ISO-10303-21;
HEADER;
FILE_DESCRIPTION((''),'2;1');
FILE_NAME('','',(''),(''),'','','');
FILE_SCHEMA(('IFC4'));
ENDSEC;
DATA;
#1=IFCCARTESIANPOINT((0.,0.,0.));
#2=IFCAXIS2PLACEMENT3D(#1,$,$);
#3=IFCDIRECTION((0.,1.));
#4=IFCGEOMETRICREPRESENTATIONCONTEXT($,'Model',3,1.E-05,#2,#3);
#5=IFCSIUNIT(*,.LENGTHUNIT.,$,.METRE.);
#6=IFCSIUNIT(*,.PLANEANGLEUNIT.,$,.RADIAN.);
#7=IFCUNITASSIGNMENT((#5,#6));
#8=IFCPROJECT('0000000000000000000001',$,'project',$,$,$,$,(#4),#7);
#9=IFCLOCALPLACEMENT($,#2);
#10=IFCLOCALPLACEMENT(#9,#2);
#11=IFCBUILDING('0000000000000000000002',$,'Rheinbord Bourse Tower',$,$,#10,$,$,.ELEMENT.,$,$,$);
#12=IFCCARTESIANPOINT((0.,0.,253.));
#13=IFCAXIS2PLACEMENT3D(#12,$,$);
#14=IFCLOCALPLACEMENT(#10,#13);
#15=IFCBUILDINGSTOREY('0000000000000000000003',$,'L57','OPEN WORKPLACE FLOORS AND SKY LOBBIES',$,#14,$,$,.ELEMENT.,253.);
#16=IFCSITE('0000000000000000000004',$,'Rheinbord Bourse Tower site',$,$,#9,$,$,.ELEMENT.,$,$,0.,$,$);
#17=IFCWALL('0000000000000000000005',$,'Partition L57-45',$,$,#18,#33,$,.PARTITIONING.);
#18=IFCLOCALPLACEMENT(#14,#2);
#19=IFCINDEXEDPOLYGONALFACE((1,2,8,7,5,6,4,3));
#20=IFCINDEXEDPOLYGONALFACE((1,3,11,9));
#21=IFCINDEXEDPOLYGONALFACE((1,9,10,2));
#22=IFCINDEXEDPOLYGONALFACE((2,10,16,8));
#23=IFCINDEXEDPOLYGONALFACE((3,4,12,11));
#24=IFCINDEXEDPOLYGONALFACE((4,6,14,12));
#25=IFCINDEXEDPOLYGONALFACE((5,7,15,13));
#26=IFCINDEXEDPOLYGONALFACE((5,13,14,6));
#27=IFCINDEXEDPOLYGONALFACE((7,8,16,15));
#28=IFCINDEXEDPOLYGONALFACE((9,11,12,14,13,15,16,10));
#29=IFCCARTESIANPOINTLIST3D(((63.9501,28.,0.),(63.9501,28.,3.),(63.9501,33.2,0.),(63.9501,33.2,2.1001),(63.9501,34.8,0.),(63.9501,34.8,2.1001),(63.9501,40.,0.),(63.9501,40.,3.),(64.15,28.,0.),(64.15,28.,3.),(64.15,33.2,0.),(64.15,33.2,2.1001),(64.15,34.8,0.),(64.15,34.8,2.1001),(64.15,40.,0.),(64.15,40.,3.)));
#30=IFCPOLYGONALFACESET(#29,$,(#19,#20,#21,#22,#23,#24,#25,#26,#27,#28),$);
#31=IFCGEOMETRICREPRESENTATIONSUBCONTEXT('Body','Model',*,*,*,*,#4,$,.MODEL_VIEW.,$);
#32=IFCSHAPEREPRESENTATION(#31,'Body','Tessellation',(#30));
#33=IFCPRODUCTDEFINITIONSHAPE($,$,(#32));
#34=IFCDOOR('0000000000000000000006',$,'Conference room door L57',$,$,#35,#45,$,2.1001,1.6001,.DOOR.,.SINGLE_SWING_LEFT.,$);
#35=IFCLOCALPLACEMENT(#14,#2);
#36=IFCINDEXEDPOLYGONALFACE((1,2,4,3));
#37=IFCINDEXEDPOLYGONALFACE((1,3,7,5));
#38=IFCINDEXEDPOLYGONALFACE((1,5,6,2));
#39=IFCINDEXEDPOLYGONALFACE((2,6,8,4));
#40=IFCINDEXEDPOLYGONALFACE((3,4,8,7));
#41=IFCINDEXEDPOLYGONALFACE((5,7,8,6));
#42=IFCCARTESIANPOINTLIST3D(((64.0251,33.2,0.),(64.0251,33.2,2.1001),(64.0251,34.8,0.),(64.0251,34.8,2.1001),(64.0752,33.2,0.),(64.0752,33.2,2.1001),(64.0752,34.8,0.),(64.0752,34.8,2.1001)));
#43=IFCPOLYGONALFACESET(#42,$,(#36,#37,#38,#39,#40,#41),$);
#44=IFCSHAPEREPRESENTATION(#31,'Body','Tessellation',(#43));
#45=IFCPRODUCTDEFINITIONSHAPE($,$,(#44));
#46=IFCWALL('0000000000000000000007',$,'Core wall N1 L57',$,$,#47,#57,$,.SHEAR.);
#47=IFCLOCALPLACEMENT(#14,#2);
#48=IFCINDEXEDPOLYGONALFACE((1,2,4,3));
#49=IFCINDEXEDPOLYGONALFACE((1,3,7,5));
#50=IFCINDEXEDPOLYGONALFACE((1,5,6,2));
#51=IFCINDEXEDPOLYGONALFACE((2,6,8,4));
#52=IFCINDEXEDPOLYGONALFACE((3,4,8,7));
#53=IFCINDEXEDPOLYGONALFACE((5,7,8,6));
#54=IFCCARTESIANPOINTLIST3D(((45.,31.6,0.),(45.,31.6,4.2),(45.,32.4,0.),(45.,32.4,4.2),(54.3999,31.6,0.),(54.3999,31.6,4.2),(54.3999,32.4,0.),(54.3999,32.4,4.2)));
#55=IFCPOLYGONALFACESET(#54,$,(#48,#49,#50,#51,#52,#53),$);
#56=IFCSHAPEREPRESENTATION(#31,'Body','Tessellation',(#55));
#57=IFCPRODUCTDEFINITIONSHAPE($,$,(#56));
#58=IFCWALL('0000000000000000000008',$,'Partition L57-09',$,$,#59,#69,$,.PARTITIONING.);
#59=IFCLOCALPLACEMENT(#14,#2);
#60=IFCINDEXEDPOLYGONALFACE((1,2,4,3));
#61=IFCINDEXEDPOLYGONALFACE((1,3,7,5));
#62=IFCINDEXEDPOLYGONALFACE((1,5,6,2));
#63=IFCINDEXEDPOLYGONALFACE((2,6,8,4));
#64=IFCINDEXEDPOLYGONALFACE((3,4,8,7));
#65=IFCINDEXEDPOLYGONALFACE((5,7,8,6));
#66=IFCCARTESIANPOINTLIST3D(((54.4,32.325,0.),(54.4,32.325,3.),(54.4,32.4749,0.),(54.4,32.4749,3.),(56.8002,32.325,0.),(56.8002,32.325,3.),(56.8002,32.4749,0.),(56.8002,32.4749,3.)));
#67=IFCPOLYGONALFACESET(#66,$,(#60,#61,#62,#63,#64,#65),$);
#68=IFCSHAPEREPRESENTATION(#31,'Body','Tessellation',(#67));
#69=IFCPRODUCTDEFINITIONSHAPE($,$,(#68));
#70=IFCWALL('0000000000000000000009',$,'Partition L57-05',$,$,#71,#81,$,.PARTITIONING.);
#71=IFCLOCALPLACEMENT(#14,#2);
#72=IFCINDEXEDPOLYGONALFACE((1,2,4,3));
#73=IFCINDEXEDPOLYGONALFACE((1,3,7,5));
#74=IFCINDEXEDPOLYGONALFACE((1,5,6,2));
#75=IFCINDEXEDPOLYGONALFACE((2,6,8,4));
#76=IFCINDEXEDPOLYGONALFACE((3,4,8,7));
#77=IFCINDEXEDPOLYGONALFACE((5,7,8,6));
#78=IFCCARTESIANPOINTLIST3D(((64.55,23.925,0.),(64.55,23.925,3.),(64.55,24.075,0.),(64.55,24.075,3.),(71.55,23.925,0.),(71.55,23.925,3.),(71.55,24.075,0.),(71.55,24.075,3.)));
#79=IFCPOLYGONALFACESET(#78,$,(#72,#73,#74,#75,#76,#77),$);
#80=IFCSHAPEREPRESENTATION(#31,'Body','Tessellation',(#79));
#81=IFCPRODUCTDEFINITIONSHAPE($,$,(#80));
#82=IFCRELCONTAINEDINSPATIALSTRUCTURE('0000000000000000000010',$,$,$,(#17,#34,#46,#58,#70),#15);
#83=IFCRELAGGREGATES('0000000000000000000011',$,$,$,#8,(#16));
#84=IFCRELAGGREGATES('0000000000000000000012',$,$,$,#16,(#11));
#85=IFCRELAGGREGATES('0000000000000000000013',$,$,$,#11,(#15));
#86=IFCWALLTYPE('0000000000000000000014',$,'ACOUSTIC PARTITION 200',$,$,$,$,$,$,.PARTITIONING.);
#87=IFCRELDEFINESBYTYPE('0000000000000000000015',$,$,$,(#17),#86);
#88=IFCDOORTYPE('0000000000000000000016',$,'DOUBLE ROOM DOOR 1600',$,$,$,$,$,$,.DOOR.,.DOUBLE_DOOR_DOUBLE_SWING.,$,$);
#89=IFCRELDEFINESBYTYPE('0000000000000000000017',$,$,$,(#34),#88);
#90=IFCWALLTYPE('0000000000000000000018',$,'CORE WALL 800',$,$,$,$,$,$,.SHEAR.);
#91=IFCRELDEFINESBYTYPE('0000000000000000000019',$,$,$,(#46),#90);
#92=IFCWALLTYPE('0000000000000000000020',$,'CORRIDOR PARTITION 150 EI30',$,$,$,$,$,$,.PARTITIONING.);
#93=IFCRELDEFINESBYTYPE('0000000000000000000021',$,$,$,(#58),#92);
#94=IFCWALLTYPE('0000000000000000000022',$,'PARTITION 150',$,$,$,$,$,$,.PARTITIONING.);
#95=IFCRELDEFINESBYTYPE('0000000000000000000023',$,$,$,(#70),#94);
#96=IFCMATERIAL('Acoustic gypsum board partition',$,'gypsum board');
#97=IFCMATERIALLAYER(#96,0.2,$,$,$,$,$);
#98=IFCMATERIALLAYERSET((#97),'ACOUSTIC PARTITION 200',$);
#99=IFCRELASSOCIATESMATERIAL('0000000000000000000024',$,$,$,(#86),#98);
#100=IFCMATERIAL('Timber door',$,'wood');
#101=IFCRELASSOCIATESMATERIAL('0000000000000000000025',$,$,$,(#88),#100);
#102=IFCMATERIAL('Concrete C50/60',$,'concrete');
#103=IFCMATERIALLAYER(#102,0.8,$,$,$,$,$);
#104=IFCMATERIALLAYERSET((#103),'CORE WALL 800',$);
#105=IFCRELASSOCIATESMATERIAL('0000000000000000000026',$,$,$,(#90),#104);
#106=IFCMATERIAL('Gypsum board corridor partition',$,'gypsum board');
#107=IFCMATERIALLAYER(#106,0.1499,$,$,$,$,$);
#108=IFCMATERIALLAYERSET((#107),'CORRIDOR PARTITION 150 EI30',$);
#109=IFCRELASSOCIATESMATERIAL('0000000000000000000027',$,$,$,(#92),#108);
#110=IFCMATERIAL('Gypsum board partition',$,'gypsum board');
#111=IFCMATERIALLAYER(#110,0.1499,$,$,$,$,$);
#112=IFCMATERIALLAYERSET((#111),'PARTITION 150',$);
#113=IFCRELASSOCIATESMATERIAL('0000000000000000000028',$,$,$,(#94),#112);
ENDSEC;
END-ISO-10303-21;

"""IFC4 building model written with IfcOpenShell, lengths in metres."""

from ifc_helpers import new_model, si_unit, direction, frame, frame_2d, origin, place, context, subcontext, project, spatial, rectangle, extrude, material, layer, layer_set, type_object, element, fill, save


model = new_model("IFC4")

# Units and contexts
model_context = context("Model", 3, precision=1e-05, world=origin(), true_north=direction((0.0, 1.0)))
body_context = subcontext(model_context, "Body", "Model", "MODEL_VIEW")
ifc_project = project(units=[si_unit("LENGTHUNIT", "METRE"), si_unit("PLANEANGLEUNIT", "RADIAN")], contexts=[model_context])

# Site, building, storey
site_placement = place(None, origin())
site = spatial("IfcSite", under=ifc_project, at=site_placement, Name="Rheinbord Bourse Tower site", CompositionType="ELEMENT", RefElevation=0.0)
building_placement = place(site_placement, origin())
building = spatial("IfcBuilding", under=site, at=building_placement, Name="Rheinbord Bourse Tower", CompositionType="ELEMENT")
storey_placement = place(building_placement, frame((0.0, 0.0, 253.0)))
storey = spatial("IfcBuildingStorey", under=building, at=storey_placement, Name="L57", Description="OPEN WORKPLACE FLOORS AND SKY LOBBIES", CompositionType="ELEMENT", Elevation=253.0)

# Shared definitions
ifc_material_1 = material(Name="Acoustic gypsum board partition", Category="gypsum board")
ifc_layer_1 = layer(ifc_material_1, 0.2)
ifc_layer_set_1 = layer_set([ifc_layer_1], Name="ACOUSTIC PARTITION 200")
wall_type_1 = type_object("IfcWallType", Name="ACOUSTIC PARTITION 200", PredefinedType="PARTITIONING", material=ifc_layer_set_1)

# Wall, opening, door
wall_1_placement = place(storey_placement, frame((64.05, 28.0, 0.0), z_axis=(0.0, 0.0, 1.0), x_axis=(0.0, 1.0, 0.0)))
wall_1 = element("IfcWall", 1, at=wall_1_placement, inside=storey, type_object=wall_type_1, Name="Partition L57-45", PredefinedType="PARTITIONING", context=body_context, shape_type="SweptSolid", body=[
    extrude(rectangle(XDim=12.0, YDim=0.2, at=frame_2d((6.0, 0.0))), origin(), (0.0, 0.0, 1.0), 3.0),
])
opening_placement = place(wall_1_placement, frame((5.2, 0.0, 0.0)))
opening = element("IfcOpeningElement", 2, at=opening_placement, cuts=wall_1, PredefinedType="OPENING", context=body_context, shape_type="SweptSolid", body=[
    extrude(rectangle(XDim=1.6001, YDim=2.1001, at=frame_2d((0.8, 1.05))), frame((0.0, 0.1099, 0.0), z_axis=(0.0, -1.0, 0.0), x_axis=(1.0, 0.0, 0.0)), (0.0, 0.0, 1.0), 0.22),
])
ifc_material_2 = material(Name="Timber door", Category="wood")
door_type = type_object("IfcDoorType", Name="DOUBLE ROOM DOOR 1600", OperationType="DOUBLE_DOOR_DOUBLE_SWING", PredefinedType="DOOR", material=ifc_material_2)
door_placement = place(opening_placement, origin())
door = element("IfcDoor", 3, at=door_placement, inside=storey, type_object=door_type, Name="Conference room door L57", OperationType="SINGLE_SWING_LEFT", OverallHeight=2.1001, OverallWidth=1.6001, PredefinedType="DOOR", context=body_context, shape_type="SweptSolid", body=[
    extrude(rectangle(XDim=1.6001, YDim=2.1001, at=frame_2d((0.8, 1.05))), frame((0.0, 0.0249, 0.0), z_axis=(0.0, -1.0, 0.0), x_axis=(1.0, 0.0, 0.0)), (0.0, 0.0, 1.0), 0.05),
])
fill(opening, door)

# Walls
ifc_material_3 = material(Name="Concrete C50/60", Category="concrete")
ifc_layer_2 = layer(ifc_material_3, 0.8)
ifc_layer_set_2 = layer_set([ifc_layer_2], Name="CORE WALL 800")
wall_type_2 = type_object("IfcWallType", Name="CORE WALL 800", PredefinedType="SHEAR", material=ifc_layer_set_2)
wall_2_placement = place(storey_placement, frame((54.3999, 32.0, 0.0), z_axis=(0.0, 0.0, 1.0), x_axis=(-1.0, 0.0, 0.0)))
element("IfcWall", 4, at=wall_2_placement, inside=storey, type_object=wall_type_2, Name="Core wall N1 L57", PredefinedType="SHEAR", context=body_context, shape_type="SweptSolid", body=[
    extrude(rectangle(XDim=9.3999, YDim=0.8, at=frame_2d((4.7, 0.0))), origin(), (0.0, 0.0, 1.0), 4.2),
])
ifc_material_4 = material(Name="Gypsum board corridor partition", Category="gypsum board")
ifc_layer_3 = layer(ifc_material_4, 0.1499)
ifc_layer_set_3 = layer_set([ifc_layer_3], Name="CORRIDOR PARTITION 150 EI30")
wall_type_3 = type_object("IfcWallType", Name="CORRIDOR PARTITION 150 EI30", PredefinedType="PARTITIONING", material=ifc_layer_set_3)
wall_3_placement = place(storey_placement, frame((54.3999, 32.3999, 0.0), z_axis=(0.0, 0.0, 1.0), x_axis=(1.0, 0.0, 0.0)))
element("IfcWall", 5, at=wall_3_placement, inside=storey, type_object=wall_type_3, Name="Partition L57-09", PredefinedType="PARTITIONING", context=body_context, shape_type="SweptSolid", body=[
    extrude(rectangle(XDim=2.4001, YDim=0.1499, at=frame_2d((1.2002, 0.0))), origin(), (0.0, 0.0, 1.0), 3.0),
])
ifc_material_5 = material(Name="Gypsum board partition", Category="gypsum board")
ifc_layer_4 = layer(ifc_material_5, 0.1499)
ifc_layer_set_4 = layer_set([ifc_layer_4], Name="PARTITION 150")
wall_type_4 = type_object("IfcWallType", Name="PARTITION 150", PredefinedType="PARTITIONING", material=ifc_layer_set_4)
wall_4_placement = place(storey_placement, frame((64.55, 24.0, 0.0), z_axis=(0.0, 0.0, 1.0), x_axis=(1.0, 0.0, 0.0)))
element("IfcWall", 6, at=wall_4_placement, inside=storey, type_object=wall_type_4, Name="Partition L57-05", PredefinedType="PARTITIONING", context=body_context, shape_type="SweptSolid", body=[
    extrude(rectangle(XDim=7.0, YDim=0.1499, at=frame_2d((3.5, 0.0))), origin(), (0.0, 0.0, 1.0), 3.0),
])

save(model, "model.ifc")
